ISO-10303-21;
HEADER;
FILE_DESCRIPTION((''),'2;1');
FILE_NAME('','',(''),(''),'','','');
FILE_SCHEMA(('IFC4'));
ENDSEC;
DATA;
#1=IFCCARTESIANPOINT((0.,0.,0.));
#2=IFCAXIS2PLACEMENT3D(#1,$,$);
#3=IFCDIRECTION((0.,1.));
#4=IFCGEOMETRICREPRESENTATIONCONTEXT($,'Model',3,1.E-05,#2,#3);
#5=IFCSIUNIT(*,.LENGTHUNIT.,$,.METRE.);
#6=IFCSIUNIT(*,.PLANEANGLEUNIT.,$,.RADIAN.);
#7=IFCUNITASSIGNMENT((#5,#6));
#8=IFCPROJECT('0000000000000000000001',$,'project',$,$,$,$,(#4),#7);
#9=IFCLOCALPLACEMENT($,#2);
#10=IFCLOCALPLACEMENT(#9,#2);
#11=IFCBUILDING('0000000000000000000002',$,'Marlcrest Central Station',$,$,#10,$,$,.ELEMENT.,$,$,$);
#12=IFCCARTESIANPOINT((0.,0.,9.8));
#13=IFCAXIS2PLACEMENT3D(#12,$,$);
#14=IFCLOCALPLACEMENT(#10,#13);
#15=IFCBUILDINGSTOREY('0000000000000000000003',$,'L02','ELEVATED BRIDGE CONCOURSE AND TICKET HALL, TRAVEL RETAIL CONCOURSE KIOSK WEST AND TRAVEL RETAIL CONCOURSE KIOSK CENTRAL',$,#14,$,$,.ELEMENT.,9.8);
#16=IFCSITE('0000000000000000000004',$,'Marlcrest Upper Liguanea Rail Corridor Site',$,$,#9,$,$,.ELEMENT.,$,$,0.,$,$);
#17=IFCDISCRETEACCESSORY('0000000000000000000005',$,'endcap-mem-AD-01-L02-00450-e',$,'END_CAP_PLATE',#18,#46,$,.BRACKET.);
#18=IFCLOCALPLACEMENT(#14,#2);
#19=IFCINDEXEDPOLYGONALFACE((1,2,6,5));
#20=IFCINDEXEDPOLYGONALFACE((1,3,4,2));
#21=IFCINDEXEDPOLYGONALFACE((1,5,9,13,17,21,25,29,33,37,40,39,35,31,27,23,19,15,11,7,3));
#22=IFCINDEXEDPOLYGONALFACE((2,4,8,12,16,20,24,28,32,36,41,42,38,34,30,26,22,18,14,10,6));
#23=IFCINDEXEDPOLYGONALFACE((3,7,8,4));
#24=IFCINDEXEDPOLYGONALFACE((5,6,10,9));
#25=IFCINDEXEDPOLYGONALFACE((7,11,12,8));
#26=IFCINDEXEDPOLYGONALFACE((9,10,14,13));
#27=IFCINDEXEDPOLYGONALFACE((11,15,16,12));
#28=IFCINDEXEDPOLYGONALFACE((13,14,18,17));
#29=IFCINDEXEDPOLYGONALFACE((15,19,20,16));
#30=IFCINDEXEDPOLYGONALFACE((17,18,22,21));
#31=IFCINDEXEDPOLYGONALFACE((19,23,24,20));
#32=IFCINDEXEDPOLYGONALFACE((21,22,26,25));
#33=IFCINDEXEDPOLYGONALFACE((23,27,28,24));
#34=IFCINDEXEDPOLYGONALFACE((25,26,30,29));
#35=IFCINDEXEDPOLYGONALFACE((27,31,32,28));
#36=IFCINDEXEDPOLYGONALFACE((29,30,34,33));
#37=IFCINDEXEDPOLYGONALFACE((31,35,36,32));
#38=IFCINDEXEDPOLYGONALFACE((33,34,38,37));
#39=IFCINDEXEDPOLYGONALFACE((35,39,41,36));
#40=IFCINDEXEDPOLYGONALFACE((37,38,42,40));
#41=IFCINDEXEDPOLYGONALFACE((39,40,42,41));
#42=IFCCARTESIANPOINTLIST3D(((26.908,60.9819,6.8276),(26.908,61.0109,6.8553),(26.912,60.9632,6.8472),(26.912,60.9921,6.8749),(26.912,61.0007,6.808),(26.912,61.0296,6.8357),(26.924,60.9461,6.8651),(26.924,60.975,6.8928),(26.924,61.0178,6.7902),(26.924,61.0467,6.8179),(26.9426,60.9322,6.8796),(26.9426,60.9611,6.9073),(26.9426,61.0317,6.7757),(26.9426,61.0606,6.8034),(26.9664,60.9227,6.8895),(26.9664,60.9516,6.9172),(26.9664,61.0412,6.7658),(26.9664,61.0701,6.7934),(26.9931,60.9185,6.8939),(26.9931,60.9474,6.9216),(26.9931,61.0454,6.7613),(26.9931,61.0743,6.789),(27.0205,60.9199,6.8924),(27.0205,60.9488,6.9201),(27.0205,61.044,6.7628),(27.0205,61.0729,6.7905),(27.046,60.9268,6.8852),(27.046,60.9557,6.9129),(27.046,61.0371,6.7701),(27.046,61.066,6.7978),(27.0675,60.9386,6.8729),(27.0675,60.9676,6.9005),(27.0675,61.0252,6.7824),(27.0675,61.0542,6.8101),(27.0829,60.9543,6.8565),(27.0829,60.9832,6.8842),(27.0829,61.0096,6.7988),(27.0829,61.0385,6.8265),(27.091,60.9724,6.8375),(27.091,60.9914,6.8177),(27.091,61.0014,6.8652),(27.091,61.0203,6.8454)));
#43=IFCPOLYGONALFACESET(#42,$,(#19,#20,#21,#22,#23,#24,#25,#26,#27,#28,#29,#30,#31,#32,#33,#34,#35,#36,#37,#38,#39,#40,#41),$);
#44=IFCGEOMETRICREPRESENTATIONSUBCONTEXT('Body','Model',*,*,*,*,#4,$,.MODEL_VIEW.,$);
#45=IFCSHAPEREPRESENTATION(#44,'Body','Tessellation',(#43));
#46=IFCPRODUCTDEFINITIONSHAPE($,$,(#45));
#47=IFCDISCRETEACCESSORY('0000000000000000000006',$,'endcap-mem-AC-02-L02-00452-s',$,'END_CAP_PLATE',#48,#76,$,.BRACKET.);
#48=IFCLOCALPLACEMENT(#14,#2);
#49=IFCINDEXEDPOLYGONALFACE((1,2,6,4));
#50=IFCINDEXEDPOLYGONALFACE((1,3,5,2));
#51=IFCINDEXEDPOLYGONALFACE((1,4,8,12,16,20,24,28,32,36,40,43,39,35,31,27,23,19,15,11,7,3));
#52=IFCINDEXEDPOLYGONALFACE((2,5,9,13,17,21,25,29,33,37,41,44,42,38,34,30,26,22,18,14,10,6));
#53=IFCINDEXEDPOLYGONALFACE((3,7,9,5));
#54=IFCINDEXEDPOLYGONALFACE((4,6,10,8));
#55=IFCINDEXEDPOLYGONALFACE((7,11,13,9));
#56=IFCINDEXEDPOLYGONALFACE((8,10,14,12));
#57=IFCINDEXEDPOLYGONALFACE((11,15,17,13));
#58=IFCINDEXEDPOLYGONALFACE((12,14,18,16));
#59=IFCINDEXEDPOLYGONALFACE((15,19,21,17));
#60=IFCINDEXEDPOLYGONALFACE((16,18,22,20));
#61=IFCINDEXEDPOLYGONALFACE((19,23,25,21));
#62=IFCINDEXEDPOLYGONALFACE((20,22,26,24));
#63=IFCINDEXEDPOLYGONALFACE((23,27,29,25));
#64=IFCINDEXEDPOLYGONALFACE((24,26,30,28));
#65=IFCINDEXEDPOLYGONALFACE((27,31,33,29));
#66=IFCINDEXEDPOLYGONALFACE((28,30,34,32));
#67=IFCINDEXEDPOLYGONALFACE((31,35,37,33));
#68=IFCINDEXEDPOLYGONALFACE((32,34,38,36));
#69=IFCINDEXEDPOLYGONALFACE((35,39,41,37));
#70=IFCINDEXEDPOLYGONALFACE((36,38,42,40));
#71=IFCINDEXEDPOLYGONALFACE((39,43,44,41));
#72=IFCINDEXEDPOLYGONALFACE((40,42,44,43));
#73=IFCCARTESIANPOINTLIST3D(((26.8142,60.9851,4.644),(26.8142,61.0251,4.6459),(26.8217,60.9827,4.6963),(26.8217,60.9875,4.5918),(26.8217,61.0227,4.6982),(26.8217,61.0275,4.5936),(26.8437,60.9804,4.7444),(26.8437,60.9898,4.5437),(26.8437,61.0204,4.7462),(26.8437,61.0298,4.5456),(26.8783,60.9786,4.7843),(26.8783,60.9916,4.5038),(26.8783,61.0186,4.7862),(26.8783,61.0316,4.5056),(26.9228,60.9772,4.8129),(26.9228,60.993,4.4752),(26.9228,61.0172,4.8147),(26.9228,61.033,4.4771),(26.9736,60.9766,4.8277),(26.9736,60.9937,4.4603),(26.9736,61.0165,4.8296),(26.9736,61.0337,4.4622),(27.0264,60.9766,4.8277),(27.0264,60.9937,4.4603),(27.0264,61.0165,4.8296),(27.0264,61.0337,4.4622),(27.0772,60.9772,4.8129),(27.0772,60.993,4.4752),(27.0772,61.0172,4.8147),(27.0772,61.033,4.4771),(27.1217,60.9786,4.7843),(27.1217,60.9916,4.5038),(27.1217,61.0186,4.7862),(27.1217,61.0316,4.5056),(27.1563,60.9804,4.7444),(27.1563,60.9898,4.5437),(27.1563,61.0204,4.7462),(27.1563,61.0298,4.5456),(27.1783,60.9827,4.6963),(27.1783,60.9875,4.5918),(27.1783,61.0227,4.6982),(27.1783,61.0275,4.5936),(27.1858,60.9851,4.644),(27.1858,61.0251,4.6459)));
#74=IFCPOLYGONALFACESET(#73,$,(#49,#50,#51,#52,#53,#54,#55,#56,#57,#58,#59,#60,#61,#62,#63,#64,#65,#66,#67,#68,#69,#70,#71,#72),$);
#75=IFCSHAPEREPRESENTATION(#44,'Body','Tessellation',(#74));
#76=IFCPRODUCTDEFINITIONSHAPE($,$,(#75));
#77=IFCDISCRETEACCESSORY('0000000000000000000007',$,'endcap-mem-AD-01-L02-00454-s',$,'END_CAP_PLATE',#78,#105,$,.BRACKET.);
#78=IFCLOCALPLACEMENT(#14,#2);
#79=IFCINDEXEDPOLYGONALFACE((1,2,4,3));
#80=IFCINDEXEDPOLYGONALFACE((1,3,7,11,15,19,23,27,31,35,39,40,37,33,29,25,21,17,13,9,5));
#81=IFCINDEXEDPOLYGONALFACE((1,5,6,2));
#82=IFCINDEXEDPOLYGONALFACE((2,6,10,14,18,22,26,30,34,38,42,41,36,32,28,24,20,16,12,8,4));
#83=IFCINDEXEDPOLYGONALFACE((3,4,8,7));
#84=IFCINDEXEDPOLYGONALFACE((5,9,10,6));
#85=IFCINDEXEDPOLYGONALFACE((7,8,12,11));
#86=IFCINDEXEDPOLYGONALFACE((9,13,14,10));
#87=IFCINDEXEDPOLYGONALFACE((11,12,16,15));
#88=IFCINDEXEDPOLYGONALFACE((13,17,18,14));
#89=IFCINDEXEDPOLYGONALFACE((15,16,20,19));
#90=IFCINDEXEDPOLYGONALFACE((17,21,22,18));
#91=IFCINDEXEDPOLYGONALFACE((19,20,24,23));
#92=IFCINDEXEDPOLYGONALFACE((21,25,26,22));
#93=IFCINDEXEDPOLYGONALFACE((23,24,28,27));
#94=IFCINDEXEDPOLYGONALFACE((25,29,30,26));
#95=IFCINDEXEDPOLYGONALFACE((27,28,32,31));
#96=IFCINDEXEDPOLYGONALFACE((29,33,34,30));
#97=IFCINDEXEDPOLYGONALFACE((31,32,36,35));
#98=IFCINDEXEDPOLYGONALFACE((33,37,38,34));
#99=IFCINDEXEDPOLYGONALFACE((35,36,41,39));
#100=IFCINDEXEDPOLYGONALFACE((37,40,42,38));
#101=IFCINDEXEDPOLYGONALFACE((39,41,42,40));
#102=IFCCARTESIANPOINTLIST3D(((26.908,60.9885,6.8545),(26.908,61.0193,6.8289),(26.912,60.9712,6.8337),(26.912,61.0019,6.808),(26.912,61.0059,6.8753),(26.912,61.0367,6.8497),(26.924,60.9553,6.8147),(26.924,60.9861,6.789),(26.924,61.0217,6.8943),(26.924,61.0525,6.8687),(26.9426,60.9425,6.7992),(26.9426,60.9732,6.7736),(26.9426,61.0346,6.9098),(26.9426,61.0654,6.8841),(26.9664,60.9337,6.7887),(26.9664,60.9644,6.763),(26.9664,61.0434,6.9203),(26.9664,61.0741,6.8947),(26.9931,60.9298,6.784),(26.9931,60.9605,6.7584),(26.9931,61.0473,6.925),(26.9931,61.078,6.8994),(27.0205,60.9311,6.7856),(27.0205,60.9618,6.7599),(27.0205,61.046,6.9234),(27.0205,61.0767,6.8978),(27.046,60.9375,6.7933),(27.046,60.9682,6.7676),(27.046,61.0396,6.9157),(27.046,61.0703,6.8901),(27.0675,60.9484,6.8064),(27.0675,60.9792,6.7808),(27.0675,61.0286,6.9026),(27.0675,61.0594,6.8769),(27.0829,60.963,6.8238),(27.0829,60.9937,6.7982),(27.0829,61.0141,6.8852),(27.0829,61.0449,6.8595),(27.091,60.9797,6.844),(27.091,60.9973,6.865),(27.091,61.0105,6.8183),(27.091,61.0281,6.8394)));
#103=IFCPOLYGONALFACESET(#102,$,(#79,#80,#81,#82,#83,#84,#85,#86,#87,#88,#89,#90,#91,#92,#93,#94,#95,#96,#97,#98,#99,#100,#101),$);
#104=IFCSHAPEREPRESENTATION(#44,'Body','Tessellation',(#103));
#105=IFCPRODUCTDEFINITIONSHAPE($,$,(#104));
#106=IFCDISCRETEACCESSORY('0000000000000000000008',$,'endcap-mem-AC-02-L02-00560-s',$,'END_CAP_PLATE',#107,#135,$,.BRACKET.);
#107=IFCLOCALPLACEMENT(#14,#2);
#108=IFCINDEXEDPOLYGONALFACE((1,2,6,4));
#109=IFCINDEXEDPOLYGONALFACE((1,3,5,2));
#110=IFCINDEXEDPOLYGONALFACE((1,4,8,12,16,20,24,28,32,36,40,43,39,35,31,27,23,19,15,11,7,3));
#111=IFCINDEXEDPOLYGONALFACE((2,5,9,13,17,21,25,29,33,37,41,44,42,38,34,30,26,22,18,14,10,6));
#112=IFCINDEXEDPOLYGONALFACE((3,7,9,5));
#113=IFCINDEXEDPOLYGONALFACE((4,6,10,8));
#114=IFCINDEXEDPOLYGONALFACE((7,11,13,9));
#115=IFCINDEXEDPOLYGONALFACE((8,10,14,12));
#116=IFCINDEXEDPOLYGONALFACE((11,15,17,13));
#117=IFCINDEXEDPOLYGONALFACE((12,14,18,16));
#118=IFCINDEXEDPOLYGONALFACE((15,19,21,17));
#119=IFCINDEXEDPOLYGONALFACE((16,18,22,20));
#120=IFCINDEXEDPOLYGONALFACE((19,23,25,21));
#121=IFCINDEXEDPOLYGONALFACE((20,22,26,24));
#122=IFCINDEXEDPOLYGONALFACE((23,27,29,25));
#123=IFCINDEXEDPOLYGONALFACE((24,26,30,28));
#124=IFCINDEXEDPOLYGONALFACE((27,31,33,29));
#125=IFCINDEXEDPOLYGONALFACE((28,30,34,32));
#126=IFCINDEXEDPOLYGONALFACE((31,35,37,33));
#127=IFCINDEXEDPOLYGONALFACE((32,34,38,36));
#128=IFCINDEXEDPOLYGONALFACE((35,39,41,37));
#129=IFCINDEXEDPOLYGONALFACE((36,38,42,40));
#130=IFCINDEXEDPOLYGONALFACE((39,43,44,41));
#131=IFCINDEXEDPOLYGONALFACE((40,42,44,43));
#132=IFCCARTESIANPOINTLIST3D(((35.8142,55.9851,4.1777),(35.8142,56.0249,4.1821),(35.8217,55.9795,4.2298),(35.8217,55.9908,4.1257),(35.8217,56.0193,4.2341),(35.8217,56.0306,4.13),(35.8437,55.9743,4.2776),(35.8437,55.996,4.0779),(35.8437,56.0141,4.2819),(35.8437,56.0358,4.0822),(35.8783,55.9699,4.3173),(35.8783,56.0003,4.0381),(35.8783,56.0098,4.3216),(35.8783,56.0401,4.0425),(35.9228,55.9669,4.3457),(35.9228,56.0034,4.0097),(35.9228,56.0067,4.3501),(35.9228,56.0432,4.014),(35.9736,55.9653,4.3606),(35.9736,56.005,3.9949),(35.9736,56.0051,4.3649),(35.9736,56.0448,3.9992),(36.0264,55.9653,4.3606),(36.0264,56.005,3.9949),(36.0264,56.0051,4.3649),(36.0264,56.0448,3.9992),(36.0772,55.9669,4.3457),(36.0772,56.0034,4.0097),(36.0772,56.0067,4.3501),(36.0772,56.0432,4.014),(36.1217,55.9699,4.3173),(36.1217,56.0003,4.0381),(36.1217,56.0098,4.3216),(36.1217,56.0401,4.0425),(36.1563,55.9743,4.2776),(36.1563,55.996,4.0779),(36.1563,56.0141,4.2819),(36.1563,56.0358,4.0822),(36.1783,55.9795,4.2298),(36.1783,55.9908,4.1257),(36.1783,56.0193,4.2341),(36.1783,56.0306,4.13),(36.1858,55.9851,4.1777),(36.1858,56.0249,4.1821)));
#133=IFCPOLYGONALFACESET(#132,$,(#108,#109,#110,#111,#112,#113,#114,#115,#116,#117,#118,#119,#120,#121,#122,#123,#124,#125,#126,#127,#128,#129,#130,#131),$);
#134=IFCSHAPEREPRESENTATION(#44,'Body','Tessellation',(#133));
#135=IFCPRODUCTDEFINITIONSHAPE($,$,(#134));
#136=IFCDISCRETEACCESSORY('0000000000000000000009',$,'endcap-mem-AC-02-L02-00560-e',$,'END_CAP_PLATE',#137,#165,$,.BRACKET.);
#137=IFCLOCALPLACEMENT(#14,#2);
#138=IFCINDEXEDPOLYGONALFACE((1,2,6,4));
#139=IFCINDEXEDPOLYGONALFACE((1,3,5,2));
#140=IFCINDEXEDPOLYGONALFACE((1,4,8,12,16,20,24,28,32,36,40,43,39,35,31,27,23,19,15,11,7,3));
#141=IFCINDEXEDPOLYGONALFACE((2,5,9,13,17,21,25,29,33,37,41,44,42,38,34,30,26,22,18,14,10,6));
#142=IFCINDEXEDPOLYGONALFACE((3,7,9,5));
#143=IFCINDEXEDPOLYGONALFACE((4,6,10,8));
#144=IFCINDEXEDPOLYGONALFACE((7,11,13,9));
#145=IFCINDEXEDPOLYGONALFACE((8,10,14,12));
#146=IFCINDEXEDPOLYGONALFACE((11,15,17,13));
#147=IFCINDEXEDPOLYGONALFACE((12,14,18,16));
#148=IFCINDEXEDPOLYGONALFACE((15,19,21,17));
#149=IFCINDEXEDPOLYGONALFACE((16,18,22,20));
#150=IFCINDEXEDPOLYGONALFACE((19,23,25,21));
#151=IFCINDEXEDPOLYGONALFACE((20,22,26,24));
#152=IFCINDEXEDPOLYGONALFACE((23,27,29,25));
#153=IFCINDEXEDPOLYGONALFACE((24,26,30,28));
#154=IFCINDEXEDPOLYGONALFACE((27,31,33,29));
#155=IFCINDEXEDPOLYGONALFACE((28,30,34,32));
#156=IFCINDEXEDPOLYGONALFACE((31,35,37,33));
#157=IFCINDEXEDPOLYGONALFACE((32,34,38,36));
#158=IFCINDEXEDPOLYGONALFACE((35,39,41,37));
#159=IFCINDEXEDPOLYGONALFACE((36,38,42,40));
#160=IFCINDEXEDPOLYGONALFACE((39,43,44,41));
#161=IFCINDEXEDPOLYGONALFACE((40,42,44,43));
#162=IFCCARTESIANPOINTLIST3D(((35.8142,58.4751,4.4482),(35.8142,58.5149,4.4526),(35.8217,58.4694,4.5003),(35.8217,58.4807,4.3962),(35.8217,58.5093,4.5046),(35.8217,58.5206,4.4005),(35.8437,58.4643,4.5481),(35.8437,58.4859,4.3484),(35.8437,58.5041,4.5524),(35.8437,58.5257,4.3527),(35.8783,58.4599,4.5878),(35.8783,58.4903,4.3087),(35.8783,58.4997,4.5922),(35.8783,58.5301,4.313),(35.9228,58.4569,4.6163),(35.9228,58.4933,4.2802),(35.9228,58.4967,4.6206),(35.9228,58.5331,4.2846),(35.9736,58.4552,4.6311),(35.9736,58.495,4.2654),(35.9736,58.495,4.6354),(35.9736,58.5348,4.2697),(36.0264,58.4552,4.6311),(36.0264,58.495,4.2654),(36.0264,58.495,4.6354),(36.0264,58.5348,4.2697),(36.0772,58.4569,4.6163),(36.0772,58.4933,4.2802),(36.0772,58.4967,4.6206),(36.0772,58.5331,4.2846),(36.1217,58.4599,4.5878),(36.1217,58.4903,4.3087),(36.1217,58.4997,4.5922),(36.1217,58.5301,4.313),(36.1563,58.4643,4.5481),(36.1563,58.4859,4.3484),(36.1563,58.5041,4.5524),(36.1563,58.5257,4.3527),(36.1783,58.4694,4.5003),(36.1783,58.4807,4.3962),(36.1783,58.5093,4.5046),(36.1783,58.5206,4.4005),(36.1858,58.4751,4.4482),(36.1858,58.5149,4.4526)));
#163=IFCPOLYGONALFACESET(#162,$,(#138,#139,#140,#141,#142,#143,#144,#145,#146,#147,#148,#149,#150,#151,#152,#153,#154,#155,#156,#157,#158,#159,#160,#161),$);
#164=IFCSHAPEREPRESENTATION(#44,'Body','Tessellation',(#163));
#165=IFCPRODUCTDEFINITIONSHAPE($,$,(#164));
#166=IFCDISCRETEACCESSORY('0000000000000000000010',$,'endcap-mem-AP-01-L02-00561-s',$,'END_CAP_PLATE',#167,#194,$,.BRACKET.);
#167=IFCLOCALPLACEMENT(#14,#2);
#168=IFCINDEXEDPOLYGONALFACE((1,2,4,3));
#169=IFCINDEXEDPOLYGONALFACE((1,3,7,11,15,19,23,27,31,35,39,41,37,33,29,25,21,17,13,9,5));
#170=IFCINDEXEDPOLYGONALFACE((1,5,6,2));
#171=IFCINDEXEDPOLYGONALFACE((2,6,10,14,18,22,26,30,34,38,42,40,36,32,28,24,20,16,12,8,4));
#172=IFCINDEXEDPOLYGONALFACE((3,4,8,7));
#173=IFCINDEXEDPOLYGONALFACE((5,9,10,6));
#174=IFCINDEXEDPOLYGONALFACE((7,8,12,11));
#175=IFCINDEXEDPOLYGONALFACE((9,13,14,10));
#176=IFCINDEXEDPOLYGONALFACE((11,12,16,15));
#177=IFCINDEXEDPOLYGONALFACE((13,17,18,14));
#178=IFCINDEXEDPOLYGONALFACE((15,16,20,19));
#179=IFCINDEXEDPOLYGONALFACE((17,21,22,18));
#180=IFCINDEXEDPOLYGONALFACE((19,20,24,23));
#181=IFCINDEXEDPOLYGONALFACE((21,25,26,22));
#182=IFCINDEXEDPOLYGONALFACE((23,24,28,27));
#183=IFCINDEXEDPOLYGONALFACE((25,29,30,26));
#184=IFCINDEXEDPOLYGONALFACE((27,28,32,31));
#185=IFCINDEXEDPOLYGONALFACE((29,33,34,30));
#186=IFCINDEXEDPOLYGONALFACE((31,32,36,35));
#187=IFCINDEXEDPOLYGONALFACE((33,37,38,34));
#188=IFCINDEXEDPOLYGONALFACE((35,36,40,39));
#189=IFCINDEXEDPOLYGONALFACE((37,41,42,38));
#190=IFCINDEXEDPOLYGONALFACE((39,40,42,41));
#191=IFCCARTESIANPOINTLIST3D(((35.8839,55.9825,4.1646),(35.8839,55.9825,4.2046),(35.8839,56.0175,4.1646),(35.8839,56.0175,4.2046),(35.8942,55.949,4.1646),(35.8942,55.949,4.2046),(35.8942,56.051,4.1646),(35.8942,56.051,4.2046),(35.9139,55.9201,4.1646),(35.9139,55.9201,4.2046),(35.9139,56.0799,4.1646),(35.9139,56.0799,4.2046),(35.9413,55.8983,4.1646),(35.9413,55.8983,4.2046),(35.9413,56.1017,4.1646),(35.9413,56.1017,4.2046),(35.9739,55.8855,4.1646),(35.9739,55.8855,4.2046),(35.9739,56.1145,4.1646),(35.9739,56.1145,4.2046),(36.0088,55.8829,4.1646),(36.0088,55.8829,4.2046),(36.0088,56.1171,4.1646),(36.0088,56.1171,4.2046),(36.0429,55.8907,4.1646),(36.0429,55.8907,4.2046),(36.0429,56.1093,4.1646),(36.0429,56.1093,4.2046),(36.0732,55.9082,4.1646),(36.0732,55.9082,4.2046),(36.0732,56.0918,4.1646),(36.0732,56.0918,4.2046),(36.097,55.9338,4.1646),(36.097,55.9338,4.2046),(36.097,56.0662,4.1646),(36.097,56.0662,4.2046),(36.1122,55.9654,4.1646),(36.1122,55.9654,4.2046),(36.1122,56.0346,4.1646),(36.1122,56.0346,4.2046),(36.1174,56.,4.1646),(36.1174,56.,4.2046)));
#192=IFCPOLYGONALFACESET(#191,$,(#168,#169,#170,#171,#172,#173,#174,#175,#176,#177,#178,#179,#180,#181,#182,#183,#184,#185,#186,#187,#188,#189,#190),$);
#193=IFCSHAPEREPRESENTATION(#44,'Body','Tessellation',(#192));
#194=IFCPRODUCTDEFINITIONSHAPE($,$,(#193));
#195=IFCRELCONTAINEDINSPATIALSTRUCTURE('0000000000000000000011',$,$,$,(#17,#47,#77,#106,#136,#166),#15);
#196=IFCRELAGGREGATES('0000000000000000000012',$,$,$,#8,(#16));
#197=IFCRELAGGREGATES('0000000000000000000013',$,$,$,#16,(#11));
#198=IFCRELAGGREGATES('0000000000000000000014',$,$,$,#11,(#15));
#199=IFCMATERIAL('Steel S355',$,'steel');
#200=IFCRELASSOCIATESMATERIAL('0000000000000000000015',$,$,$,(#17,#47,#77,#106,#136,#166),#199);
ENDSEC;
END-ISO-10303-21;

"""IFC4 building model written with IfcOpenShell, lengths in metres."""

from ifc_helpers import new_model, si_unit, direction, frame, origin, origin_2d, place, context, subcontext, project, spatial, circle, extrude, material, element, save


model = new_model("IFC4")

# Units and contexts
model_context = context("Model", 3, precision=1e-05, world=origin(), true_north=direction((0.0, 1.0)))
body_context = subcontext(model_context, "Body", "Model", "MODEL_VIEW")
ifc_project = project(units=[si_unit("LENGTHUNIT", "METRE"), si_unit("PLANEANGLEUNIT", "RADIAN")], contexts=[model_context])

# Site, building, storey
site_placement = place(None, origin())
site = spatial("IfcSite", under=ifc_project, at=site_placement, Name="Marlcrest Upper Liguanea Rail Corridor Site", CompositionType="ELEMENT", RefElevation=0.0)
building_placement = place(site_placement, origin())
building = spatial("IfcBuilding", under=site, at=building_placement, Name="Marlcrest Central Station", CompositionType="ELEMENT")
storey_placement = place(building_placement, frame((0.0, 0.0, 9.8)))
storey = spatial("IfcBuildingStorey", under=building, at=storey_placement, Name="L02", Description="ELEVATED BRIDGE CONCOURSE AND TICKET HALL, TRAVEL RETAIL CONCOURSE KIOSK WEST AND TRAVEL RETAIL CONCOURSE KIOSK CENTRAL", CompositionType="ELEMENT", Elevation=9.8)

# Shared definitions
ifc_material = material(Name="Steel S355", Category="steel")

# Discrete accessories
discrete_accessory_1_placement = place(storey_placement, frame((27.0, 60.9819, 6.8276), z_axis=(0.0, 0.722247, 0.691636), x_axis=(-1.0, 0.0, 0.0)))
element("IfcDiscreteAccessory", 1, at=discrete_accessory_1_placement, inside=storey, material=ifc_material, Name="endcap-mem-AD-01-L02-00450-e", ObjectType="END_CAP_PLATE", PredefinedType="BRACKET", context=body_context, shape_type="SweptSolid", body=[
    extrude(circle(Radius=0.092, at=origin_2d()), origin(), (0.0, 0.0, 1.0), 0.04),
])
discrete_accessory_2_placement = place(storey_placement, frame((27.0, 60.9851, 4.644), z_axis=(0.0, 0.998917, 0.046532), x_axis=(-1.0, 0.0, 0.0)))
element("IfcDiscreteAccessory", 2, at=discrete_accessory_2_placement, inside=storey, material=ifc_material, Name="endcap-mem-AC-02-L02-00452-s", ObjectType="END_CAP_PLATE", PredefinedType="BRACKET", context=body_context, shape_type="SweptSolid", body=[
    extrude(circle(Radius=0.1858, at=origin_2d()), origin(), (0.0, 0.0, 1.0), 0.04),
])
discrete_accessory_3_placement = place(storey_placement, frame((27.0, 60.9885, 6.8545), z_axis=(0.0, 0.76816, -0.640258), x_axis=(-1.0, 0.0, 0.0)))
element("IfcDiscreteAccessory", 3, at=discrete_accessory_3_placement, inside=storey, material=ifc_material, Name="endcap-mem-AD-01-L02-00454-s", ObjectType="END_CAP_PLATE", PredefinedType="BRACKET", context=body_context, shape_type="SweptSolid", body=[
    extrude(circle(Radius=0.092, at=origin_2d()), origin(), (0.0, 0.0, 1.0), 0.04),
])
for number, where, z_axis, x_axis, name in (
    (4, (36.0, 55.9851, 4.1777), (0.0, 0.994155, 0.107959), (-1.0, 0.0, 0.0), "endcap-mem-AC-02-L02-00560-s"),
    (5, (36.0, 58.4751, 4.4482), (0.0, 0.994155, 0.107959), (-1.0, 0.0, 0.0), "endcap-mem-AC-02-L02-00560-e"),
):
    element("IfcDiscreteAccessory", number, at=place(storey_placement, frame(where, z_axis=z_axis, x_axis=x_axis)), inside=storey, material=ifc_material, Name=name, ObjectType="END_CAP_PLATE", PredefinedType="BRACKET", context=body_context, shape_type="SweptSolid", body=[
        extrude(circle(Radius=0.1858, at=origin_2d()), origin(), (0.0, 0.0, 1.0), 0.04),
    ])
for number, where, z_axis, x_axis, name in (
    (6, (36.0, 56.0, 4.1646), (0.0, 0.0, 1.0), (1.0, 0.0, 0.0), "endcap-mem-AP-01-L02-00561-s"),
):
    element("IfcDiscreteAccessory", number, at=place(storey_placement, frame(where, z_axis=z_axis, x_axis=x_axis)), inside=storey, material=ifc_material, Name=name, ObjectType="END_CAP_PLATE", PredefinedType="BRACKET", context=body_context, shape_type="SweptSolid", body=[
        extrude(circle(Radius=0.1174, at=origin_2d()), origin(), (0.0, 0.0, 1.0), 0.04),
    ])

save(model, "model.ifc")
